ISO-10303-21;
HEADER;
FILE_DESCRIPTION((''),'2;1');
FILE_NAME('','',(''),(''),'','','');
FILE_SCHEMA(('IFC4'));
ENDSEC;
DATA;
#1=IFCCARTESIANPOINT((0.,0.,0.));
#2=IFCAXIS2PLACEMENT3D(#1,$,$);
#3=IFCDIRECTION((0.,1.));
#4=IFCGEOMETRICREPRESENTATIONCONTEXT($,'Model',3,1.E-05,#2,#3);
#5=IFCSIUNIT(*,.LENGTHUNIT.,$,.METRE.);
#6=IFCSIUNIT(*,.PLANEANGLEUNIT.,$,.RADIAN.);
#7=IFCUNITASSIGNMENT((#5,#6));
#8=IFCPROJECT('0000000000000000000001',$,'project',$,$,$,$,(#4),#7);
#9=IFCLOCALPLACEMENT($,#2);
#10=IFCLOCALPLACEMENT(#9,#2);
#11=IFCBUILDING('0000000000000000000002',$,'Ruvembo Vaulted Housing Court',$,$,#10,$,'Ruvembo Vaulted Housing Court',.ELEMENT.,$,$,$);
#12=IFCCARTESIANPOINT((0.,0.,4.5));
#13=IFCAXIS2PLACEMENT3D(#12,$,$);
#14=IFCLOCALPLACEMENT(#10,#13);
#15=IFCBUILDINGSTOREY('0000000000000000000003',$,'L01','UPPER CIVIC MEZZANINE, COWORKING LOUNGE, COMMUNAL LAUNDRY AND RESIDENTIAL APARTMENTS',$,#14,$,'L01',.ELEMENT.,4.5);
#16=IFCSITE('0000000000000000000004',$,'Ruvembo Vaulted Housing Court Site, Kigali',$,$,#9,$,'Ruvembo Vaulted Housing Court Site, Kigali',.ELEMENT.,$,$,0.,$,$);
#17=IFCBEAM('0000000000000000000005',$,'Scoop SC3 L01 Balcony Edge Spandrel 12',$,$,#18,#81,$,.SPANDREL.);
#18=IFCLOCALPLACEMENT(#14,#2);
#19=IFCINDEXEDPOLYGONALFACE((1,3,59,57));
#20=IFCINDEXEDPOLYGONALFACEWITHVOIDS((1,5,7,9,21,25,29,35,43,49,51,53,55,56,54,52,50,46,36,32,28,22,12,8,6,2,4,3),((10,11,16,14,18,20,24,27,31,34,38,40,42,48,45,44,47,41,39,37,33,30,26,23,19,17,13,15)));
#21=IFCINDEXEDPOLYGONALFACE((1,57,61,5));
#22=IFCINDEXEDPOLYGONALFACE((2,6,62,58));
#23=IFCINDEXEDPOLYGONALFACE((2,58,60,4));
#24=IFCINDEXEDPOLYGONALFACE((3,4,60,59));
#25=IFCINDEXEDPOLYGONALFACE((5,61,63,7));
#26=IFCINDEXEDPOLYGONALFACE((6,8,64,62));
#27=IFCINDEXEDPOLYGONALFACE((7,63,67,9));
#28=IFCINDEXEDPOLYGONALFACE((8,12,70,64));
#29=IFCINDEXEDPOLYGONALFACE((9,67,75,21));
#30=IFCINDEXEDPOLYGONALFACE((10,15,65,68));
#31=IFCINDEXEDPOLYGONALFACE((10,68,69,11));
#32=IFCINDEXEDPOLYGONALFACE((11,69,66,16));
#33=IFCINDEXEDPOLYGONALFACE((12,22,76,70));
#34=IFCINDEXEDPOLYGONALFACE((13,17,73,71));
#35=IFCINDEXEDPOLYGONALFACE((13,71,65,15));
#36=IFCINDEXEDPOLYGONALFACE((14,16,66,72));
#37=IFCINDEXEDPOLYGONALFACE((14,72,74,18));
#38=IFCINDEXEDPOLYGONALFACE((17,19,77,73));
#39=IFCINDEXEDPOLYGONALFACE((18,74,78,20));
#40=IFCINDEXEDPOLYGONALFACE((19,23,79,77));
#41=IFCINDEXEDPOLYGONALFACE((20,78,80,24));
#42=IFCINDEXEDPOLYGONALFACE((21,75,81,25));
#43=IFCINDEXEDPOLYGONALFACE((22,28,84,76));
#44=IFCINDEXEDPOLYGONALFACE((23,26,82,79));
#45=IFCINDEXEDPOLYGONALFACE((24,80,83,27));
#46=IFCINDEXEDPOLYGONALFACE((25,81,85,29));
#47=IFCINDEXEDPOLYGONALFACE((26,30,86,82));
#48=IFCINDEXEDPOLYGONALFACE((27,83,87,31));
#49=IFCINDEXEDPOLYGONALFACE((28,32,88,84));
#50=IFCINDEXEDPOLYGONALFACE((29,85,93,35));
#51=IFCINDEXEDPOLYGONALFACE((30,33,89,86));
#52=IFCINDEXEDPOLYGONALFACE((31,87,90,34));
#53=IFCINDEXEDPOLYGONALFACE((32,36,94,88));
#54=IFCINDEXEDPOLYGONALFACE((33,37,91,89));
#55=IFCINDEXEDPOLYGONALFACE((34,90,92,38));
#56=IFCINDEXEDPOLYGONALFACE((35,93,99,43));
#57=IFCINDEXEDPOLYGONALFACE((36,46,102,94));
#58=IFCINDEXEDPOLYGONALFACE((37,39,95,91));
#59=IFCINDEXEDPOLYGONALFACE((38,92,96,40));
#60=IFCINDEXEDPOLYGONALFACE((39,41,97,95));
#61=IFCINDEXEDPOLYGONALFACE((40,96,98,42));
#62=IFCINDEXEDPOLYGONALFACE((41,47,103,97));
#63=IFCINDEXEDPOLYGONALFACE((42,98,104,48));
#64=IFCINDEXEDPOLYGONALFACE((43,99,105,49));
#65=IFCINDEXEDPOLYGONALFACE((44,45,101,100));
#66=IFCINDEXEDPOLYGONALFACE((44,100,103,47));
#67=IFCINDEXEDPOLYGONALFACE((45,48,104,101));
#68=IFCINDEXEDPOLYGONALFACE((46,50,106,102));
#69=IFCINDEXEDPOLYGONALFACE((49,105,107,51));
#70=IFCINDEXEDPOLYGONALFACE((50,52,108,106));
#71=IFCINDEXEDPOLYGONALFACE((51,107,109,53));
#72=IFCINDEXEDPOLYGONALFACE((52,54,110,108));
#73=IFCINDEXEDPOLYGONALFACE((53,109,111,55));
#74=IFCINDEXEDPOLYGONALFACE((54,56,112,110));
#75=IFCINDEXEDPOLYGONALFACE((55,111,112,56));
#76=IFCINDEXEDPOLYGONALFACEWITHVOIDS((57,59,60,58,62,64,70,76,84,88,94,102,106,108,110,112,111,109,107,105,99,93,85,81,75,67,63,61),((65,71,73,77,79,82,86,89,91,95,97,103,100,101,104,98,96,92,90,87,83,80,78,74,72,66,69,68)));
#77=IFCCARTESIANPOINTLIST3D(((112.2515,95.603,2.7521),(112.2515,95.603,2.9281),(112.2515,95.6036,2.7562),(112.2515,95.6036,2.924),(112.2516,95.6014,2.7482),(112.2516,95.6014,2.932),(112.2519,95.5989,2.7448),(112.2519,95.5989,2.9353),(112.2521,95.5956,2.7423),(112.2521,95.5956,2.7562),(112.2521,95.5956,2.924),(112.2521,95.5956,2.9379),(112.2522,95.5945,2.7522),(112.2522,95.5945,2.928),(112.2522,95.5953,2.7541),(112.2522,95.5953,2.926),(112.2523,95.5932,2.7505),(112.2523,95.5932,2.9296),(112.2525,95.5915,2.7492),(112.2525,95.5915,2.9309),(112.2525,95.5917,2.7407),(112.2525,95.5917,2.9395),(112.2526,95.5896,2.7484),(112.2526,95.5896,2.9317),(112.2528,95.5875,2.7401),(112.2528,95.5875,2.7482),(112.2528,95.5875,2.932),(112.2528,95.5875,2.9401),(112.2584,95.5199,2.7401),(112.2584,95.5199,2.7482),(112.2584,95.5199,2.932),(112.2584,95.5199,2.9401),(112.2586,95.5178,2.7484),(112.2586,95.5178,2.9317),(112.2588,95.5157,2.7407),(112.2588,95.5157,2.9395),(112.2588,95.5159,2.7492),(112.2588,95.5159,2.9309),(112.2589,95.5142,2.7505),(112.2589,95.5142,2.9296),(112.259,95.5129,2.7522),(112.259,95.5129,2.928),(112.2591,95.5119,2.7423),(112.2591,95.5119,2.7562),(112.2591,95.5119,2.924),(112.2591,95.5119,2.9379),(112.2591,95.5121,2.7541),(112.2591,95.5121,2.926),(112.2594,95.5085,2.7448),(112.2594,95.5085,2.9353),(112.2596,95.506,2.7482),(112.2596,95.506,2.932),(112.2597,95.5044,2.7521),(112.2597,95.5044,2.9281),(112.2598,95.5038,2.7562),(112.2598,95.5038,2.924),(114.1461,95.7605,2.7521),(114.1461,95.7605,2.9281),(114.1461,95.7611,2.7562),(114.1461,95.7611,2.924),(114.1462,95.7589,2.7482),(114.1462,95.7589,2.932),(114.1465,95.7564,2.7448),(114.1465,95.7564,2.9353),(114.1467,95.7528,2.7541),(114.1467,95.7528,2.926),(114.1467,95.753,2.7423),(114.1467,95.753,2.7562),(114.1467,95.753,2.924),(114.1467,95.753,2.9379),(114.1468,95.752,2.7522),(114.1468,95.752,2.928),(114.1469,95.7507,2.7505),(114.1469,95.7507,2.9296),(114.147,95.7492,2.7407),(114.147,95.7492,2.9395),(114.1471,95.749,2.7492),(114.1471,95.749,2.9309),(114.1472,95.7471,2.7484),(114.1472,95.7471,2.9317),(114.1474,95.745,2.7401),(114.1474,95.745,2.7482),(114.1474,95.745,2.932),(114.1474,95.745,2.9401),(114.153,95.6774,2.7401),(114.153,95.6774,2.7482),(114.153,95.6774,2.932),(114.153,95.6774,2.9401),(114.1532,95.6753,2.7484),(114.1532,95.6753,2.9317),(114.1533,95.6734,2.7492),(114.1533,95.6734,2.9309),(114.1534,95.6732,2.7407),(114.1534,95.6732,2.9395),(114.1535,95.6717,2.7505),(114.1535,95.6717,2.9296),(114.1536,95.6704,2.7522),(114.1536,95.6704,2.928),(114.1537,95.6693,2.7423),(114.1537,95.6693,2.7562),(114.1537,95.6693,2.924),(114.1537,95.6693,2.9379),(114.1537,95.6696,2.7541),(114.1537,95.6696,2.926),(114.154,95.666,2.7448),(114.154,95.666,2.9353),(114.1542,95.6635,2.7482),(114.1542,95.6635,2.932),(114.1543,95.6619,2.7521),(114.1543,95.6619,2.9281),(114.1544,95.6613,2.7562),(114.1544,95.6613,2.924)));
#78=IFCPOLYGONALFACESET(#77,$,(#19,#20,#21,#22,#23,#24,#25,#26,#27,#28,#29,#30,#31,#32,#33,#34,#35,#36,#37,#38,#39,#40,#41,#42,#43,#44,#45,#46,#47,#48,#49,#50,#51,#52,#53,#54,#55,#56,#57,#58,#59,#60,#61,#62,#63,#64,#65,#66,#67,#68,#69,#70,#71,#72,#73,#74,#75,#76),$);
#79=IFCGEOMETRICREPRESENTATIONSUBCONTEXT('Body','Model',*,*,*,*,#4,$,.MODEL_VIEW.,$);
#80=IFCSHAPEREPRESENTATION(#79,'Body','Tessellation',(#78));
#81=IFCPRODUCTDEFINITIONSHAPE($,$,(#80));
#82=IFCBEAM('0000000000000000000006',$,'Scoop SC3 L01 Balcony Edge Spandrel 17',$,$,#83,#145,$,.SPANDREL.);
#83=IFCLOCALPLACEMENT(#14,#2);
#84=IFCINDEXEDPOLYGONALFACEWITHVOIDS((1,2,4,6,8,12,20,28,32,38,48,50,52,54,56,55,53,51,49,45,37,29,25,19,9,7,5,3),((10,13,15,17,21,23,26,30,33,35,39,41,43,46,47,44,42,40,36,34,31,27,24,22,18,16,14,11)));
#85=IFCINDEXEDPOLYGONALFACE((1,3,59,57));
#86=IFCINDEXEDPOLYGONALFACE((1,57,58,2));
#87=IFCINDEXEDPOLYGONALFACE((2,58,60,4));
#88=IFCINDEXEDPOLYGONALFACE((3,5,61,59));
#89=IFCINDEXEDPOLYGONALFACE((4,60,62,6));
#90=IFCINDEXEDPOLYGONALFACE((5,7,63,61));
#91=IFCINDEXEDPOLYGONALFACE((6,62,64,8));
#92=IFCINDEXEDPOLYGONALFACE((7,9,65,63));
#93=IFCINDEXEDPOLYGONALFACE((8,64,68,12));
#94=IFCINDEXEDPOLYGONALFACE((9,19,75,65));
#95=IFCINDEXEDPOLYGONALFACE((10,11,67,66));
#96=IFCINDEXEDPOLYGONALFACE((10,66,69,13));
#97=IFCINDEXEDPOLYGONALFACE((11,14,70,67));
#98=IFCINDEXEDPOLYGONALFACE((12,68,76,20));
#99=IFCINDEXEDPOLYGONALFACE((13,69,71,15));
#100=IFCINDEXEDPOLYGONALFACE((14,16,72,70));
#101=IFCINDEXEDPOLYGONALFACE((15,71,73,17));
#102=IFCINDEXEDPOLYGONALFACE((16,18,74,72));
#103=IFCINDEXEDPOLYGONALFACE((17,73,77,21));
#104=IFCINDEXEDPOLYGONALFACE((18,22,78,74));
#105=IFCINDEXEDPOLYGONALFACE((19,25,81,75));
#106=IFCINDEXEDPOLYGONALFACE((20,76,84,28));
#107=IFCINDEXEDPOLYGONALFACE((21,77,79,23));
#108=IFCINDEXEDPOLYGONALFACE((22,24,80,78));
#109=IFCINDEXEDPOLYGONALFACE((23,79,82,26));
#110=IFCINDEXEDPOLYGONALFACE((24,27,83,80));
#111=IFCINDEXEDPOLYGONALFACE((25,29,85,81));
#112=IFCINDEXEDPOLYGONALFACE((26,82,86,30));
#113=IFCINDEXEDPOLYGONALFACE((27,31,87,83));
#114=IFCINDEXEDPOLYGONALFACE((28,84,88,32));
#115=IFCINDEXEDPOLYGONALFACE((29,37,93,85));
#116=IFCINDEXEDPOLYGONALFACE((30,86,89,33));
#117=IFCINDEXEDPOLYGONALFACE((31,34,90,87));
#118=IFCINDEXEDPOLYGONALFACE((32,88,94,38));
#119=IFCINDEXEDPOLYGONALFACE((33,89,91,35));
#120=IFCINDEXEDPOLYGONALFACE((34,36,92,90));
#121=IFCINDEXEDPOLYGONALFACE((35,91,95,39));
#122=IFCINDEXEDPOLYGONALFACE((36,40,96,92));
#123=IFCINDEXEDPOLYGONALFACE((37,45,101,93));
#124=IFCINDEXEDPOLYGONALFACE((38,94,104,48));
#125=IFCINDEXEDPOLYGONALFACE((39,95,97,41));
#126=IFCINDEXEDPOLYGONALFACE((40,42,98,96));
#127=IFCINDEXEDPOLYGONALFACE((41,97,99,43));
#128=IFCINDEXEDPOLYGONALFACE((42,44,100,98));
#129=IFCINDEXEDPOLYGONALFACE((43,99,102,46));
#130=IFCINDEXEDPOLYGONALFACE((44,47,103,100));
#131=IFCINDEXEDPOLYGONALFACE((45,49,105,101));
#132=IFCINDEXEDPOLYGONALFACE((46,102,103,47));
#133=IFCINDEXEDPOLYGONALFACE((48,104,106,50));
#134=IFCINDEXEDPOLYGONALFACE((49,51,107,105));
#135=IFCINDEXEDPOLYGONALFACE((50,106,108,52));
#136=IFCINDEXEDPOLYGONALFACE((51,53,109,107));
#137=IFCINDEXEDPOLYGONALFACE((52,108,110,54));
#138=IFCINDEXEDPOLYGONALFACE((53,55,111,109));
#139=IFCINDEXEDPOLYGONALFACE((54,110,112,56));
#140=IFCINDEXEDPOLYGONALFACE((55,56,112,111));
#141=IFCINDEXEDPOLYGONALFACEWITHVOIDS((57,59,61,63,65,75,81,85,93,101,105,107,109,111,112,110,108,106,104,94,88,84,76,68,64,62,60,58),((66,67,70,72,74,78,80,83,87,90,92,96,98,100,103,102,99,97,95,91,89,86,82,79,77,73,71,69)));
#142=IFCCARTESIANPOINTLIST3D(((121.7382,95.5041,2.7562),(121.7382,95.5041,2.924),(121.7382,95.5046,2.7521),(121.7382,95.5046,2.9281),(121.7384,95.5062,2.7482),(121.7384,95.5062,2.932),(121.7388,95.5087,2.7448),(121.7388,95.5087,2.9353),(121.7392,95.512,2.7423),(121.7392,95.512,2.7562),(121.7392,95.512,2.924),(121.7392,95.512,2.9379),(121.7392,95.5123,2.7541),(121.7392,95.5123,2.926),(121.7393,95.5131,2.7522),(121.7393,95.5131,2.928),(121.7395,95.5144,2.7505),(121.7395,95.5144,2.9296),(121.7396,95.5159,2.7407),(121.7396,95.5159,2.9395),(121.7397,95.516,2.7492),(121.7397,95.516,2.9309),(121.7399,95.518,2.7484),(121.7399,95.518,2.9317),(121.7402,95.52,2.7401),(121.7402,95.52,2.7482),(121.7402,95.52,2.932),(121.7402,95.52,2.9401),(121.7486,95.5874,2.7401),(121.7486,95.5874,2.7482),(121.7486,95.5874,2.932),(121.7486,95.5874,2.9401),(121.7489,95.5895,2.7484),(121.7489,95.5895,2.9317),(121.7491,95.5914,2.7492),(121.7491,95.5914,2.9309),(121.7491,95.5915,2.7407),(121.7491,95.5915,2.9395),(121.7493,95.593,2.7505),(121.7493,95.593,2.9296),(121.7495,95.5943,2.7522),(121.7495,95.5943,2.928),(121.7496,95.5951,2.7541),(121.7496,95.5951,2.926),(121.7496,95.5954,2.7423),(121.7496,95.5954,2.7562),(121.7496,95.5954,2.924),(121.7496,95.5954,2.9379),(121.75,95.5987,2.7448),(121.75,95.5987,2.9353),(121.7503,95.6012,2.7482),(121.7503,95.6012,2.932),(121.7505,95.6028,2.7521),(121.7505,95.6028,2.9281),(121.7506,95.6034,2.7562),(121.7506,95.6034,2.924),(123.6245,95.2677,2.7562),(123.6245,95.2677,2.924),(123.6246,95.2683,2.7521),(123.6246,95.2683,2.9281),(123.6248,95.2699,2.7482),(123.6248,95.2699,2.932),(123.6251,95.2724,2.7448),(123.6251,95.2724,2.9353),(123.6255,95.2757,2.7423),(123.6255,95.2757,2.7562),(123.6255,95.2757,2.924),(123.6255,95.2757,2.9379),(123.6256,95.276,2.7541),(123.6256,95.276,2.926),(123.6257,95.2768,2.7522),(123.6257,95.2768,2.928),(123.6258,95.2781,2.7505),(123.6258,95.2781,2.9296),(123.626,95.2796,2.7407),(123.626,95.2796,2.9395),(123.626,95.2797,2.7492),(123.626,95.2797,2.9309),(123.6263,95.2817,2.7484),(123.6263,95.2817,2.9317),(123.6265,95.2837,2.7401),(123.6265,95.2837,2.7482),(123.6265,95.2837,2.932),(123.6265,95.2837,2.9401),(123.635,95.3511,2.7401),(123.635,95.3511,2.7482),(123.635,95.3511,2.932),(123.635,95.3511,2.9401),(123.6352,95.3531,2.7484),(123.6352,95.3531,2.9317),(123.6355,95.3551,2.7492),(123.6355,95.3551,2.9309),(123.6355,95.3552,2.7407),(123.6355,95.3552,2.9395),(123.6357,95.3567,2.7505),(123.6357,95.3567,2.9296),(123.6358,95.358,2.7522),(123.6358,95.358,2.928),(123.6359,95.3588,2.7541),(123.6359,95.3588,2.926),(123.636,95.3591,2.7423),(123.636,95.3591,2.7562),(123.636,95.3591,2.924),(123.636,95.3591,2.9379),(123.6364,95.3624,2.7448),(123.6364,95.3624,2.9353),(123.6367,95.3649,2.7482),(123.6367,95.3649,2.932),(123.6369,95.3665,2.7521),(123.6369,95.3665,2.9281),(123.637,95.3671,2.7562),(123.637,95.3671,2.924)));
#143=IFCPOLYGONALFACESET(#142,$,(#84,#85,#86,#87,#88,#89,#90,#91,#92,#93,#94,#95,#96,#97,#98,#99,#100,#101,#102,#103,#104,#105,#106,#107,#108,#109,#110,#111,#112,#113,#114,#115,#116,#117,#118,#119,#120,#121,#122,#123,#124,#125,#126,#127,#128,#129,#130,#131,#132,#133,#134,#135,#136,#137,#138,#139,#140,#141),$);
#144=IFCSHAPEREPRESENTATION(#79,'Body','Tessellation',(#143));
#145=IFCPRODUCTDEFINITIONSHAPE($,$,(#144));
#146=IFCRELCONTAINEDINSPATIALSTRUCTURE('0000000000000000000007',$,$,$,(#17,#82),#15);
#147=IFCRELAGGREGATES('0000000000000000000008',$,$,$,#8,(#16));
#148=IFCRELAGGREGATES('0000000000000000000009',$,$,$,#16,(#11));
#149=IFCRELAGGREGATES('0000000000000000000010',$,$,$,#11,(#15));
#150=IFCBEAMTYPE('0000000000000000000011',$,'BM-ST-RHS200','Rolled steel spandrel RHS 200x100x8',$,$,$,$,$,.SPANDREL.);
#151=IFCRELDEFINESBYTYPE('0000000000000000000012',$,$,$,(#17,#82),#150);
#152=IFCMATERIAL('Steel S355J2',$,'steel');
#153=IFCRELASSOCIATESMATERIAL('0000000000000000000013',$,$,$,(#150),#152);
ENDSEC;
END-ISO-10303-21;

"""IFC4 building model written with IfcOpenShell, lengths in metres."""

from ifc_helpers import new_model, si_unit, direction, frame, origin, origin_2d, place, context, subcontext, project, spatial, hollow_rectangle, extrude, material, material_profile, profile_set, type_object, element, save


model = new_model("IFC4")

# Units and contexts
model_context = context("Model", 3, precision=1e-05, world=origin(), true_north=direction((0.0, 1.0)))
body_context = subcontext(model_context, "Body", "Model", "MODEL_VIEW")
ifc_project = project(units=[si_unit("LENGTHUNIT", "METRE"), si_unit("PLANEANGLEUNIT", "RADIAN")], contexts=[model_context])

# Site, building, storey
site_placement = place(None, origin())
site = spatial("IfcSite", under=ifc_project, at=site_placement, Name="Ruvembo Vaulted Housing Court Site, Kigali", LongName="Ruvembo Vaulted Housing Court Site, Kigali", CompositionType="ELEMENT", RefElevation=0.0)
building_placement = place(site_placement, origin())
building = spatial("IfcBuilding", under=site, at=building_placement, Name="Ruvembo Vaulted Housing Court", LongName="Ruvembo Vaulted Housing Court", CompositionType="ELEMENT")
storey_placement = place(building_placement, frame((0.0, 0.0, 4.5)))
storey = spatial("IfcBuildingStorey", under=building, at=storey_placement, Name="L01", Description="UPPER CIVIC MEZZANINE, COWORKING LOUNGE, COMMUNAL LAUNDRY AND RESIDENTIAL APARTMENTS", LongName="L01", CompositionType="ELEMENT", Elevation=4.5)

# Beams
ifc_material_1 = material(Name="Steel S355J2", Category="steel")
ifc_material_profile_1 = material_profile(ifc_material_1, hollow_rectangle(XDim=0.1001, YDim=0.2, WallThickness=0.0081, InnerFilletRadius=0.0081, OuterFilletRadius=0.0161, at=origin_2d()), Name="RHS 200x100x8")
ifc_profile_set_1 = profile_set([ifc_material_profile_1], Name="Steel S355J2")
beam_type = type_object("IfcBeamType", Name="BM-ST-RHS200", Description="Rolled steel spandrel RHS 200x100x8", PredefinedType="SPANDREL", material=ifc_profile_set_1)
for number, where, z_axis, x_axis, name in (
    (1, (112.2556, 95.5537, 2.8401), (0.996563, 0.082833, 0.0), (-0.082833, 0.996563, 0.0), "Scoop SC3 L01 Balcony Edge Spandrel 12"),
    (2, (121.7444, 95.5537, 2.8401), (0.992244, -0.124303, 0.0), (0.124303, 0.992244, 0.0), "Scoop SC3 L01 Balcony Edge Spandrel 17"),
):
    element("IfcBeam", number, at=place(storey_placement, frame(where, z_axis=z_axis, x_axis=x_axis)), inside=storey, type_object=beam_type, Name=name, PredefinedType="SPANDREL", context=body_context, shape_type="SweptSolid", body=[
        extrude(hollow_rectangle(XDim=0.1001, YDim=0.2, WallThickness=0.0081, InnerFilletRadius=0.0081, OuterFilletRadius=0.0161, at=origin_2d()), origin(), (0.0, 0.0, 1.0), 1.9011),
    ])

save(model, "model.ifc")
